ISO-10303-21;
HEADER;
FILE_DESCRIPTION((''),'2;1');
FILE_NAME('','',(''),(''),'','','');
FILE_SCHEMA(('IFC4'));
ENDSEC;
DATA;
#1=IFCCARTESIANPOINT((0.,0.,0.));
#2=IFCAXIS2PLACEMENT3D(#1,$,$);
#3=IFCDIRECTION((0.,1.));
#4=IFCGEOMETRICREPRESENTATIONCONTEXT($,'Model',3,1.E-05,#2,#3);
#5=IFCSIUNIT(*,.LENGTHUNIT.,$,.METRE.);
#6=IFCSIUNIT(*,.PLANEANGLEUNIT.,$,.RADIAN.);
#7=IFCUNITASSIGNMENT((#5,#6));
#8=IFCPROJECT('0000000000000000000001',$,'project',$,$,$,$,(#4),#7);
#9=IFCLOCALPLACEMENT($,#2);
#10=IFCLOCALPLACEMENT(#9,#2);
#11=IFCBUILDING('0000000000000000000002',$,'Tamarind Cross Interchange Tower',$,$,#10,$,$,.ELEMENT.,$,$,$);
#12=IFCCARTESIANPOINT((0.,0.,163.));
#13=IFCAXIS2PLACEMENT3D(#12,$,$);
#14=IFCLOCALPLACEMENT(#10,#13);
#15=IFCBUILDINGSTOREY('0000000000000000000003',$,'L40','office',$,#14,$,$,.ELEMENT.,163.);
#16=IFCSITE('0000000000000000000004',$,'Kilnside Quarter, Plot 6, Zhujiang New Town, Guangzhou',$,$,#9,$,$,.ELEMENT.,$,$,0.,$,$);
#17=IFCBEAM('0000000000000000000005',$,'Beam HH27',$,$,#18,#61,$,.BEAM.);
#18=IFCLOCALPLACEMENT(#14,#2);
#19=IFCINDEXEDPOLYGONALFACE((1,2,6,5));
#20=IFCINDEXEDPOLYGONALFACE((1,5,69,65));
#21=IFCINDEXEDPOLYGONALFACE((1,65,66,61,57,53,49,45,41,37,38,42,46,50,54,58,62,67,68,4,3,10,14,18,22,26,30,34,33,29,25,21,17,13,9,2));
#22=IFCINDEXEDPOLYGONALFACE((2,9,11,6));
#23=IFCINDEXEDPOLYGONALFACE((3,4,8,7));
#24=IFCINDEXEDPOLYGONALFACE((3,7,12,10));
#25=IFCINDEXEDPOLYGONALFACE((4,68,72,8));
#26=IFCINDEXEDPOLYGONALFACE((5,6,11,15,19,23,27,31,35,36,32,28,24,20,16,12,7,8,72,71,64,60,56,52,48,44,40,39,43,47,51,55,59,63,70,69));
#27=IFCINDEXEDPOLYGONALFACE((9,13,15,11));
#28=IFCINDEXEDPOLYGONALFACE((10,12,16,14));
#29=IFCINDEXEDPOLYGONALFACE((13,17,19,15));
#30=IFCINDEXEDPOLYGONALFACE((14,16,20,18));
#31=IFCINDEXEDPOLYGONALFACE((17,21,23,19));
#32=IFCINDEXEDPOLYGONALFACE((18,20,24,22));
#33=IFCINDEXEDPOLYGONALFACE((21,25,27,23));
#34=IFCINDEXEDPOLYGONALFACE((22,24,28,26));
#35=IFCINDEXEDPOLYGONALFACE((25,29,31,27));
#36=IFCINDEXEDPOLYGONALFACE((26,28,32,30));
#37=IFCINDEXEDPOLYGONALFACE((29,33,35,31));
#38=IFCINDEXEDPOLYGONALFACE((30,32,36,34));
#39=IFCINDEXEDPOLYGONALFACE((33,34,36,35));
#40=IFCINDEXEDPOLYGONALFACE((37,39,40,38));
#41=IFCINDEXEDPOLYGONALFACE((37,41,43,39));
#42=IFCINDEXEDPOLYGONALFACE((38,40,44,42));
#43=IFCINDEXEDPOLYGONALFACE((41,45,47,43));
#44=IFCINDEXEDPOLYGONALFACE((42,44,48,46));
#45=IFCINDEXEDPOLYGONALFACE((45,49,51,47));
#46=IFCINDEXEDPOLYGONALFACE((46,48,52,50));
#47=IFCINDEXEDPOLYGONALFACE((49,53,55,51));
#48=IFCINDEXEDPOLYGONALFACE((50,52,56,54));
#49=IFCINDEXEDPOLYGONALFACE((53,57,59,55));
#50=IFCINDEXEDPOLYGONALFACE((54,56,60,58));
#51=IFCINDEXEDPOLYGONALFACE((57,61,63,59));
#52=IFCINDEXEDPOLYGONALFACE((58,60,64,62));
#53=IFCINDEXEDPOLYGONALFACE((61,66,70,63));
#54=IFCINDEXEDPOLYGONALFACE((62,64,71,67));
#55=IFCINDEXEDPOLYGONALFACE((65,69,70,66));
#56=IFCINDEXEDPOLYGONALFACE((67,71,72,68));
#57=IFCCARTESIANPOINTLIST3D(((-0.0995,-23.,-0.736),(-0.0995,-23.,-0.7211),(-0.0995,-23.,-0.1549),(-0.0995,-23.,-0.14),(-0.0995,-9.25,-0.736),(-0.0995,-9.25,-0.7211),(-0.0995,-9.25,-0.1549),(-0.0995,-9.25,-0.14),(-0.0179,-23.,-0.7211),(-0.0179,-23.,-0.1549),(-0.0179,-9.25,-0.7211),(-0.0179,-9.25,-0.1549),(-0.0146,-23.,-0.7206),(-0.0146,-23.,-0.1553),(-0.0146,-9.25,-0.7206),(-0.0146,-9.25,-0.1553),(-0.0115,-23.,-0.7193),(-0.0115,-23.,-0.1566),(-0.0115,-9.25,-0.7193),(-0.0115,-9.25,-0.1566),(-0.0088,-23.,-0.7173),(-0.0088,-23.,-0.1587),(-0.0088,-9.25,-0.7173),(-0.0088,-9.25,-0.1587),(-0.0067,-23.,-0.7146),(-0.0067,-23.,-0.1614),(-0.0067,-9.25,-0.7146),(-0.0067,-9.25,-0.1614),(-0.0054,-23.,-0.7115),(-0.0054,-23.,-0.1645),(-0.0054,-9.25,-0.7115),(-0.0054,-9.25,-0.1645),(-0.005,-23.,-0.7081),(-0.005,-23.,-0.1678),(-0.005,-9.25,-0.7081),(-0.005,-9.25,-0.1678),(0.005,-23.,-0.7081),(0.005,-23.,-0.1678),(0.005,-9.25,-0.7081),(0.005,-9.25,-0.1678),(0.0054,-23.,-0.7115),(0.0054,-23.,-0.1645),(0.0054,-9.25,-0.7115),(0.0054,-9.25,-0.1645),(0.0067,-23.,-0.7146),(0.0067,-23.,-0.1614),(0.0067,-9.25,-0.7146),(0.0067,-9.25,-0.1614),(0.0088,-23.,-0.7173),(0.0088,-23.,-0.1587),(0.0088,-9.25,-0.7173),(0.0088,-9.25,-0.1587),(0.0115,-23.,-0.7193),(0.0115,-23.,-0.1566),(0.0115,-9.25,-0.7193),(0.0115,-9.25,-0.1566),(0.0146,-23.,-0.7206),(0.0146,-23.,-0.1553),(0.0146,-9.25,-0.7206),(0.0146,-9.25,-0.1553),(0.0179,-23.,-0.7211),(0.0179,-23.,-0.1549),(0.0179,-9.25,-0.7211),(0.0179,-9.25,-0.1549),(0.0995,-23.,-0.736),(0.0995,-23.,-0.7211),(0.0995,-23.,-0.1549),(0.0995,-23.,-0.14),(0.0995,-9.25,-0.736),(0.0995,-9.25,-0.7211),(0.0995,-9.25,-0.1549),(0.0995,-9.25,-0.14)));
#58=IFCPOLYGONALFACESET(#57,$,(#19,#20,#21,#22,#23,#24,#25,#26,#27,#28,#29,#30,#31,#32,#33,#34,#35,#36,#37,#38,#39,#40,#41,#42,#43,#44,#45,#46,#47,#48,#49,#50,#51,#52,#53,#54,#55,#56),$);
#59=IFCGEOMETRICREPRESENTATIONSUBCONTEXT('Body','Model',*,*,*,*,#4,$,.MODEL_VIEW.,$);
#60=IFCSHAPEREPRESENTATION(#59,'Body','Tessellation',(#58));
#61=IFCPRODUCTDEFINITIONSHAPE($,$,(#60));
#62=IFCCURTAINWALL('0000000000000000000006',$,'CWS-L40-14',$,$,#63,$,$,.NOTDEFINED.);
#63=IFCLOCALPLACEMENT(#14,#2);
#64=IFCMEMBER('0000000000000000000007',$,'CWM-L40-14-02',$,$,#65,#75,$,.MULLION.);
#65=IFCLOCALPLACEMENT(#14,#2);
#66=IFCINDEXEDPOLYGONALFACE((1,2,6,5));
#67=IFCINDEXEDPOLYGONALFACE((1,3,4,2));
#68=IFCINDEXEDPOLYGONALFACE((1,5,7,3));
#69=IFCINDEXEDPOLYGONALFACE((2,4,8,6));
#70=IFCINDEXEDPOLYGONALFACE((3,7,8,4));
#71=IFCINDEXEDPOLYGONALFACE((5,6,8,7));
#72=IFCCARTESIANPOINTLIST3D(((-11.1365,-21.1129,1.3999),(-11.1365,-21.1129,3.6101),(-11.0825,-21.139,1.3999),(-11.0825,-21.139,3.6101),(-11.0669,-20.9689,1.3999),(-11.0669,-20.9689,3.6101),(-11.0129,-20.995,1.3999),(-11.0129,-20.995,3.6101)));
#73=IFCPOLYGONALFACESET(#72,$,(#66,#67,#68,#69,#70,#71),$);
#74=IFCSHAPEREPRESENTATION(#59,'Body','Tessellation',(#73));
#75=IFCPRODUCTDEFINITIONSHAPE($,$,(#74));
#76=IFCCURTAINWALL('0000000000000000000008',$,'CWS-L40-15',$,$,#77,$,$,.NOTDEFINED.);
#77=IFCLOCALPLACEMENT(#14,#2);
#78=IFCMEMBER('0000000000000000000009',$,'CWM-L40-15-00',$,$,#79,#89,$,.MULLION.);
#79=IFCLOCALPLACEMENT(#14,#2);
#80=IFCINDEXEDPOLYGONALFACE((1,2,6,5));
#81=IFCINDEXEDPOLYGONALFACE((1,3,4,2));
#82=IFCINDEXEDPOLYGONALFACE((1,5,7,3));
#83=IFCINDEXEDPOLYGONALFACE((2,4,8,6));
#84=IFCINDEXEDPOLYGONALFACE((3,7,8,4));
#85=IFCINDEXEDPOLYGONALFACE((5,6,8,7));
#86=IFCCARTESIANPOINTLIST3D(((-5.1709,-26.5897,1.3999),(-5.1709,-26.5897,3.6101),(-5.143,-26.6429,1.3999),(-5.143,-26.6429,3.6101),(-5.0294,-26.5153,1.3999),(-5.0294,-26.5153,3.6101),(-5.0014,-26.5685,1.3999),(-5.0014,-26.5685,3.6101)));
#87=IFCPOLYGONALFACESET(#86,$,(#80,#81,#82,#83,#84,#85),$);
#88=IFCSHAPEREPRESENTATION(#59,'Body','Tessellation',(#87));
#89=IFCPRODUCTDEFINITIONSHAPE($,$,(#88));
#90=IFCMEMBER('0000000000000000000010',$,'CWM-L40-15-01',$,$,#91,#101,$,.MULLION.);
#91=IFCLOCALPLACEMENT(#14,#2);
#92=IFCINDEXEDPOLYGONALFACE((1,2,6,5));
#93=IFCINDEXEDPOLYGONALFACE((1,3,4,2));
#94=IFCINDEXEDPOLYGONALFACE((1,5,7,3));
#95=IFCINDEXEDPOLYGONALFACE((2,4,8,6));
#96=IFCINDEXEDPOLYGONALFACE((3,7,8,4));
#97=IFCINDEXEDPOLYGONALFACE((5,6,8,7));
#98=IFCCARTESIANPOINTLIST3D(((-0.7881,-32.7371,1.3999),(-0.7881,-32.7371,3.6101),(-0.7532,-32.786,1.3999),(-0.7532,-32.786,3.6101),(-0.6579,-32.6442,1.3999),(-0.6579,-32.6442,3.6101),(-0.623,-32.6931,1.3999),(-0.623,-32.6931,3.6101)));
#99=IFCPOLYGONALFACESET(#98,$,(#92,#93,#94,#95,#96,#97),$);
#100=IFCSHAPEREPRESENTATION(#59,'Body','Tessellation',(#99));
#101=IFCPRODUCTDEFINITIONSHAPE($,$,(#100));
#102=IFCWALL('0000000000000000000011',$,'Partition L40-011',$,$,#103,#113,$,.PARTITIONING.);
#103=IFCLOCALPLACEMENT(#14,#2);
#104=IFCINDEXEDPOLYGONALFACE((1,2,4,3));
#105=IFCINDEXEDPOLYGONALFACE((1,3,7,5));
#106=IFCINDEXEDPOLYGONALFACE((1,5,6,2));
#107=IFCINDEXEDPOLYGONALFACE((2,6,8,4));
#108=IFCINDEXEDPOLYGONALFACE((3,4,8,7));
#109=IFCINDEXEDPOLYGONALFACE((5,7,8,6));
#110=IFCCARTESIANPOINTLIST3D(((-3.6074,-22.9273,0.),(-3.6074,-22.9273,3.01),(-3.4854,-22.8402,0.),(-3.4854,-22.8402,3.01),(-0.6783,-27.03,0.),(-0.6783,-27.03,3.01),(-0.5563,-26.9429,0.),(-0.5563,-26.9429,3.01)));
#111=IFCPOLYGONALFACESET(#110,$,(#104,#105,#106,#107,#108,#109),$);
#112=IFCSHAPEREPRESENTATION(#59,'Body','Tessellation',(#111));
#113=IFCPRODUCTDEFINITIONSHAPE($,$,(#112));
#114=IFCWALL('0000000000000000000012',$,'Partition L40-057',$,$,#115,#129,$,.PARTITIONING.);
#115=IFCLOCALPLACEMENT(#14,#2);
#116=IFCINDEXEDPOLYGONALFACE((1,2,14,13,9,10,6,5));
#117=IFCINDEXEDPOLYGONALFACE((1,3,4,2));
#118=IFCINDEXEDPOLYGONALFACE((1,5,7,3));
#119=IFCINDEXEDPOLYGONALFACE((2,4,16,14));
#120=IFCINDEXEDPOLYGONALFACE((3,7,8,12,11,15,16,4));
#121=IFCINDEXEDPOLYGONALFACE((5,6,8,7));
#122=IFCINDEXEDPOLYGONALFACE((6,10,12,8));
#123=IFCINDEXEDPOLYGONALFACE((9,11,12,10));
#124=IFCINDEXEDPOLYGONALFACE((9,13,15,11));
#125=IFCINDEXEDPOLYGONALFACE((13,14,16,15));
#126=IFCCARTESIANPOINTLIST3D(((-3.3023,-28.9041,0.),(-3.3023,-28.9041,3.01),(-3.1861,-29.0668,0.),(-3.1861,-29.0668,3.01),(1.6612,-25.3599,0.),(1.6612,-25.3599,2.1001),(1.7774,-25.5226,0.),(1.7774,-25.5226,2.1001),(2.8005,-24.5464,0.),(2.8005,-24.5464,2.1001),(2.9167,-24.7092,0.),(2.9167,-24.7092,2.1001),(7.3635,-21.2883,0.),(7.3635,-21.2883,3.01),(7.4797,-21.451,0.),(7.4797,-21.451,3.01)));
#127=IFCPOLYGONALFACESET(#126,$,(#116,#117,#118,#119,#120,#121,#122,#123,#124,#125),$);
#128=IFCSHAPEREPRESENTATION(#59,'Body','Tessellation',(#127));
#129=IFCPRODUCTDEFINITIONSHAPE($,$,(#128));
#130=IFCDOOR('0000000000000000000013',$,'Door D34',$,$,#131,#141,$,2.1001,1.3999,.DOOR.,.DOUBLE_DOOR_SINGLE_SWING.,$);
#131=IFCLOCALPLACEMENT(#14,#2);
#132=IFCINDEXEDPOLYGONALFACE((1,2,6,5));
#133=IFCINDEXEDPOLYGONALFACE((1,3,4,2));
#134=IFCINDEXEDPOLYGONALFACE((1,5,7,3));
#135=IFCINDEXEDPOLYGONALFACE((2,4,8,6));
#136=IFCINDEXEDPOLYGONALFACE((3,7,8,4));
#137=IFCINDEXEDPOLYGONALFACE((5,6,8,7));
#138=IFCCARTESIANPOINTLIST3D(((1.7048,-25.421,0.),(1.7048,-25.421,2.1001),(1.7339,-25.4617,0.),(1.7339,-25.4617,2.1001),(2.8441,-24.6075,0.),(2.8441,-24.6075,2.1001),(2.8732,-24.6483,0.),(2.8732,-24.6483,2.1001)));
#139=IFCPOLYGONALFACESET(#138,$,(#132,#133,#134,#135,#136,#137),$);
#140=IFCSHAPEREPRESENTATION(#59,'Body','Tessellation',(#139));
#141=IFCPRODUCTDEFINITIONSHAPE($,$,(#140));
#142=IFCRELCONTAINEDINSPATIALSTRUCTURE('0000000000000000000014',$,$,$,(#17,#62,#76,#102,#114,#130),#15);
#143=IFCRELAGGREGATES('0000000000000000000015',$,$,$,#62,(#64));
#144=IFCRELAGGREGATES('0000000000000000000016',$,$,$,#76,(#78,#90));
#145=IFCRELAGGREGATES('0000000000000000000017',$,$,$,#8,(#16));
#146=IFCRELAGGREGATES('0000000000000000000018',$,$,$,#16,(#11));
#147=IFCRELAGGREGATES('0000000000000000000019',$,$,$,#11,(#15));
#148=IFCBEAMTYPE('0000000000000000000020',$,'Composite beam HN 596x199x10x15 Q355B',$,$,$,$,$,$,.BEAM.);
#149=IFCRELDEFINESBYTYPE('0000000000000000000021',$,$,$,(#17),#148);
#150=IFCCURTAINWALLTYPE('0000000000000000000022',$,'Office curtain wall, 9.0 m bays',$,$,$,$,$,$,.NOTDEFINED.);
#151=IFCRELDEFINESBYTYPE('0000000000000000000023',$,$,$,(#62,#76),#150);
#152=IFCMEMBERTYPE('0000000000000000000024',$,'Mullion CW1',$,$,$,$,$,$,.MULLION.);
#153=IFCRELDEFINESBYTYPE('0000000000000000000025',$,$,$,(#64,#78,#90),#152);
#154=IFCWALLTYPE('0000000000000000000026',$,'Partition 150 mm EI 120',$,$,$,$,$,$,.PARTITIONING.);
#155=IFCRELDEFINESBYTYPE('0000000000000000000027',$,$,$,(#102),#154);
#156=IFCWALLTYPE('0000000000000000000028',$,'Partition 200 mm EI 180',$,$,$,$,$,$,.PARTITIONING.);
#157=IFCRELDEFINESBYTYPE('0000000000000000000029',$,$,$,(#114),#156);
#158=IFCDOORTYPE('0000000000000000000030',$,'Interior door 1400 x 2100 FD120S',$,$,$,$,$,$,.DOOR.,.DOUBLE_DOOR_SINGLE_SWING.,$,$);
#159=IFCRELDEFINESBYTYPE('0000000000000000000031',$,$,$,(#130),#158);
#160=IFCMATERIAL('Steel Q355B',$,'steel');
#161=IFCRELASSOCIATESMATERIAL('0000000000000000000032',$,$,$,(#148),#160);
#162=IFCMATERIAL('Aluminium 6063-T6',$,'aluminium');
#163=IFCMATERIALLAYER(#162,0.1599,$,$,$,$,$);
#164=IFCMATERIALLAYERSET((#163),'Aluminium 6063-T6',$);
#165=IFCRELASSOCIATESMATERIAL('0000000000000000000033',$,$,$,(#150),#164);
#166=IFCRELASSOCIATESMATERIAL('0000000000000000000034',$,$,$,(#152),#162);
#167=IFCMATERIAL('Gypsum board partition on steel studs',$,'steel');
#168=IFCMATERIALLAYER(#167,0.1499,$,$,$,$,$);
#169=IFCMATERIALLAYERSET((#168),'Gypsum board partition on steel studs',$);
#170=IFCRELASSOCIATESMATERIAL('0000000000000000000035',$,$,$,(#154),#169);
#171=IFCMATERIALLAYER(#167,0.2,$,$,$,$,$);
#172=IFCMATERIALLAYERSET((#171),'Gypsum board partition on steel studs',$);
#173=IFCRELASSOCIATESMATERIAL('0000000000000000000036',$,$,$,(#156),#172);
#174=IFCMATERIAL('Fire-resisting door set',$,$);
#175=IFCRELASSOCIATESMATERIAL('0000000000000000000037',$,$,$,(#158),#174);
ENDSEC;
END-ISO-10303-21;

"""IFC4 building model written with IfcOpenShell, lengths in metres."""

from ifc_helpers import new_model, si_unit, direction, frame, frame_2d, origin, origin_2d, place, context, subcontext, project, spatial, rectangle, i_section, extrude, material, layer, layer_set, material_profile, profile_set, type_object, element, fill, aggregate, save


model = new_model("IFC4")

# Units and contexts
model_context = context("Model", 3, precision=1e-05, world=origin(), true_north=direction((0.0, 1.0)))
body_context = subcontext(model_context, "Body", "Model", "MODEL_VIEW")
ifc_project = project(units=[si_unit("LENGTHUNIT", "METRE"), si_unit("PLANEANGLEUNIT", "RADIAN")], contexts=[model_context])

# Site, building, storey
site_placement = place(None, origin())
site = spatial("IfcSite", under=ifc_project, at=site_placement, Name="Kilnside Quarter, Plot 6, Zhujiang New Town, Guangzhou", CompositionType="ELEMENT", RefElevation=0.0)
building_placement = place(site_placement, origin())
building = spatial("IfcBuilding", under=site, at=building_placement, Name="Tamarind Cross Interchange Tower", CompositionType="ELEMENT")
storey_placement = place(building_placement, frame((0.0, 0.0, 163.0)))
storey = spatial("IfcBuildingStorey", under=building, at=storey_placement, Name="L40", Description="office", CompositionType="ELEMENT", Elevation=163.0)

# Beam
ifc_material_1 = material(Name="Steel Q355B", Category="steel")
ifc_material_profile_1 = material_profile(ifc_material_1, i_section(OverallWidth=0.199, OverallDepth=0.5959, WebThickness=0.01, FlangeThickness=0.0149, FilletRadius=0.0129, at=origin_2d()), Name="HN 596x199x10x15")
ifc_profile_set_1 = profile_set([ifc_material_profile_1], Name="Steel Q355B")
beam_type = type_object("IfcBeamType", Name="Composite beam HN 596x199x10x15 Q355B", PredefinedType="BEAM", material=ifc_profile_set_1)
beam_1_placement = place(storey_placement, frame((0.0, -23.0, -0.438), z_axis=(0.0, 1.0, 0.0), x_axis=(-1.0, 0.0, 0.0)))
element("IfcBeam", 1, at=beam_1_placement, inside=storey, type_object=beam_type, Name="Beam HH27", PredefinedType="BEAM", context=body_context, shape_type="SweptSolid", body=[
    extrude(i_section(OverallWidth=0.199, OverallDepth=0.5959, WebThickness=0.01, FlangeThickness=0.0149, FilletRadius=0.0129, at=origin_2d()), origin(), (0.0, 0.0, 1.0), 13.75),
])

# Curtain wall, member
ifc_material_2 = material(Name="Aluminium 6063-T6", Category="aluminium")
ifc_layer_1 = layer(ifc_material_2, 0.1599)
ifc_layer_set_1 = layer_set([ifc_layer_1], Name="Aluminium 6063-T6")
curtain_wall_type = type_object("IfcCurtainWallType", Name="Office curtain wall, 9.0 m bays", PredefinedType="NOTDEFINED", material=ifc_layer_set_1)
curtain_wall_1_placement = place(storey_placement, origin())
curtain_wall_1 = element("IfcCurtainWall", 2, at=curtain_wall_1_placement, inside=storey, type_object=curtain_wall_type, Name="CWS-L40-14", PredefinedType="NOTDEFINED")
ifc_material_profile_2 = material_profile(ifc_material_2, rectangle(XDim=0.0601, YDim=0.1599, at=origin_2d()), Name="Mullion CW1")
ifc_profile_set_2 = profile_set([ifc_material_profile_2], Name="Aluminium 6063-T6")
member_type = type_object("IfcMemberType", Name="Mullion CW1", PredefinedType="MULLION", material=ifc_profile_set_2)
member_1_placement = place(storey_placement, frame((-11.0747, -21.054, 1.3999), z_axis=(0.0, 0.0, 1.0), x_axis=(0.900273, -0.435326, 0.0)))
member_1 = element("IfcMember", 3, at=member_1_placement, type_object=member_type, Name="CWM-L40-14-02", PredefinedType="MULLION", context=body_context, shape_type="SweptSolid", body=[
    extrude(rectangle(XDim=0.0601, YDim=0.1599, at=origin_2d()), origin(), (0.0, 0.0, 1.0), 2.2102),
])
aggregate(curtain_wall_1, [member_1])

# Curtain wall, members
curtain_wall_2_placement = place(storey_placement, origin())
curtain_wall_2 = element("IfcCurtainWall", 4, at=curtain_wall_2_placement, inside=storey, type_object=curtain_wall_type, Name="CWS-L40-15", PredefinedType="NOTDEFINED")
member_2_placement = place(storey_placement, frame((-5.0862, -26.5791, 1.3999), z_axis=(0.0, 0.0, 1.0), x_axis=(0.465264, -0.885172, 0.0)))
member_2 = element("IfcMember", 5, at=member_2_placement, type_object=member_type, Name="CWM-L40-15-00", PredefinedType="MULLION", context=body_context, shape_type="SweptSolid", body=[
    extrude(rectangle(XDim=0.0601, YDim=0.1599, at=origin_2d()), origin(), (0.0, 0.0, 1.0), 2.2102),
])
member_3_placement = place(storey_placement, frame((-0.7056, -32.7151, 1.3999), z_axis=(0.0, 0.0, 1.0), x_axis=(0.581033, -0.81388, 0.0)))
member_3 = element("IfcMember", 6, at=member_3_placement, type_object=member_type, Name="CWM-L40-15-01", PredefinedType="MULLION", context=body_context, shape_type="SweptSolid", body=[
    extrude(rectangle(XDim=0.0601, YDim=0.1599, at=origin_2d()), origin(), (0.0, 0.0, 1.0), 2.2102),
])
aggregate(curtain_wall_2, [member_2, member_3])

# Wall
ifc_material_3 = material(Name="Gypsum board partition on steel studs", Category="steel")
ifc_layer_2 = layer(ifc_material_3, 0.1499)
ifc_layer_set_2 = layer_set([ifc_layer_2], Name="Gypsum board partition on steel studs")
wall_type_1 = type_object("IfcWallType", Name="Partition 150 mm EI 120", PredefinedType="PARTITIONING", material=ifc_layer_set_2)
wall_1_placement = place(storey_placement, frame((-3.5464, -22.8838, 0.0), z_axis=(0.0, 0.0, 1.0), x_axis=(0.58106, -0.813861, 0.0)))
element("IfcWall", 7, at=wall_1_placement, inside=storey, type_object=wall_type_1, Name="Partition L40-011", PredefinedType="PARTITIONING", context=body_context, shape_type="SweptSolid", body=[
    extrude(rectangle(XDim=5.041, YDim=0.1499, at=frame_2d((2.5205, 0.0))), origin(), (0.0, 0.0, 1.0), 3.01),
])

# Wall, opening, door
ifc_layer_3 = layer(ifc_material_3, 0.2)
ifc_layer_set_3 = layer_set([ifc_layer_3], Name="Gypsum board partition on steel studs")
wall_type_2 = type_object("IfcWallType", Name="Partition 200 mm EI 180", PredefinedType="PARTITIONING", material=ifc_layer_set_3)
wall_2_placement = place(storey_placement, frame((-3.2441, -28.9854, 0.0), z_axis=(0.0, 0.0, 1.0), x_axis=(0.81383, 0.581102, 0.0)))
wall_2 = element("IfcWall", 8, at=wall_2_placement, inside=storey, type_object=wall_type_2, Name="Partition L40-057", PredefinedType="PARTITIONING", context=body_context, shape_type="SweptSolid", body=[
    extrude(rectangle(XDim=13.1057, YDim=0.2, at=frame_2d((6.5527, 0.0))), origin(), (0.0, 0.0, 1.0), 3.01),
])
opening_placement = place(wall_2_placement, frame((6.0989, 0.0, 0.0)))
opening = element("IfcOpeningElement", 9, at=opening_placement, cuts=wall_2, PredefinedType="OPENING", context=body_context, shape_type="SweptSolid", body=[
    extrude(rectangle(XDim=1.3999, YDim=2.1001, at=frame_2d((0.7, 1.05))), frame((0.0, 0.1099, 0.0), z_axis=(0.0, -1.0, 0.0), x_axis=(1.0, 0.0, 0.0)), (0.0, 0.0, 1.0), 0.22),
])
ifc_material_4 = material(Name="Fire-resisting door set")
door_type = type_object("IfcDoorType", Name="Interior door 1400 x 2100 FD120S", OperationType="DOUBLE_DOOR_SINGLE_SWING", PredefinedType="DOOR", material=ifc_material_4)
door_placement = place(opening_placement, origin())
door = element("IfcDoor", 10, at=door_placement, inside=storey, type_object=door_type, Name="Door D34", OperationType="DOUBLE_DOOR_SINGLE_SWING", OverallHeight=2.1001, OverallWidth=1.3999, PredefinedType="DOOR", context=body_context, shape_type="SweptSolid", body=[
    extrude(rectangle(XDim=1.3999, YDim=2.1001, at=frame_2d((0.7, 1.05))), frame((0.0, 0.0249, 0.0), z_axis=(0.0, -1.0, 0.0), x_axis=(1.0, 0.0, 0.0)), (0.0, 0.0, 1.0), 0.05),
])
fill(opening, door)

save(model, "model.ifc")
